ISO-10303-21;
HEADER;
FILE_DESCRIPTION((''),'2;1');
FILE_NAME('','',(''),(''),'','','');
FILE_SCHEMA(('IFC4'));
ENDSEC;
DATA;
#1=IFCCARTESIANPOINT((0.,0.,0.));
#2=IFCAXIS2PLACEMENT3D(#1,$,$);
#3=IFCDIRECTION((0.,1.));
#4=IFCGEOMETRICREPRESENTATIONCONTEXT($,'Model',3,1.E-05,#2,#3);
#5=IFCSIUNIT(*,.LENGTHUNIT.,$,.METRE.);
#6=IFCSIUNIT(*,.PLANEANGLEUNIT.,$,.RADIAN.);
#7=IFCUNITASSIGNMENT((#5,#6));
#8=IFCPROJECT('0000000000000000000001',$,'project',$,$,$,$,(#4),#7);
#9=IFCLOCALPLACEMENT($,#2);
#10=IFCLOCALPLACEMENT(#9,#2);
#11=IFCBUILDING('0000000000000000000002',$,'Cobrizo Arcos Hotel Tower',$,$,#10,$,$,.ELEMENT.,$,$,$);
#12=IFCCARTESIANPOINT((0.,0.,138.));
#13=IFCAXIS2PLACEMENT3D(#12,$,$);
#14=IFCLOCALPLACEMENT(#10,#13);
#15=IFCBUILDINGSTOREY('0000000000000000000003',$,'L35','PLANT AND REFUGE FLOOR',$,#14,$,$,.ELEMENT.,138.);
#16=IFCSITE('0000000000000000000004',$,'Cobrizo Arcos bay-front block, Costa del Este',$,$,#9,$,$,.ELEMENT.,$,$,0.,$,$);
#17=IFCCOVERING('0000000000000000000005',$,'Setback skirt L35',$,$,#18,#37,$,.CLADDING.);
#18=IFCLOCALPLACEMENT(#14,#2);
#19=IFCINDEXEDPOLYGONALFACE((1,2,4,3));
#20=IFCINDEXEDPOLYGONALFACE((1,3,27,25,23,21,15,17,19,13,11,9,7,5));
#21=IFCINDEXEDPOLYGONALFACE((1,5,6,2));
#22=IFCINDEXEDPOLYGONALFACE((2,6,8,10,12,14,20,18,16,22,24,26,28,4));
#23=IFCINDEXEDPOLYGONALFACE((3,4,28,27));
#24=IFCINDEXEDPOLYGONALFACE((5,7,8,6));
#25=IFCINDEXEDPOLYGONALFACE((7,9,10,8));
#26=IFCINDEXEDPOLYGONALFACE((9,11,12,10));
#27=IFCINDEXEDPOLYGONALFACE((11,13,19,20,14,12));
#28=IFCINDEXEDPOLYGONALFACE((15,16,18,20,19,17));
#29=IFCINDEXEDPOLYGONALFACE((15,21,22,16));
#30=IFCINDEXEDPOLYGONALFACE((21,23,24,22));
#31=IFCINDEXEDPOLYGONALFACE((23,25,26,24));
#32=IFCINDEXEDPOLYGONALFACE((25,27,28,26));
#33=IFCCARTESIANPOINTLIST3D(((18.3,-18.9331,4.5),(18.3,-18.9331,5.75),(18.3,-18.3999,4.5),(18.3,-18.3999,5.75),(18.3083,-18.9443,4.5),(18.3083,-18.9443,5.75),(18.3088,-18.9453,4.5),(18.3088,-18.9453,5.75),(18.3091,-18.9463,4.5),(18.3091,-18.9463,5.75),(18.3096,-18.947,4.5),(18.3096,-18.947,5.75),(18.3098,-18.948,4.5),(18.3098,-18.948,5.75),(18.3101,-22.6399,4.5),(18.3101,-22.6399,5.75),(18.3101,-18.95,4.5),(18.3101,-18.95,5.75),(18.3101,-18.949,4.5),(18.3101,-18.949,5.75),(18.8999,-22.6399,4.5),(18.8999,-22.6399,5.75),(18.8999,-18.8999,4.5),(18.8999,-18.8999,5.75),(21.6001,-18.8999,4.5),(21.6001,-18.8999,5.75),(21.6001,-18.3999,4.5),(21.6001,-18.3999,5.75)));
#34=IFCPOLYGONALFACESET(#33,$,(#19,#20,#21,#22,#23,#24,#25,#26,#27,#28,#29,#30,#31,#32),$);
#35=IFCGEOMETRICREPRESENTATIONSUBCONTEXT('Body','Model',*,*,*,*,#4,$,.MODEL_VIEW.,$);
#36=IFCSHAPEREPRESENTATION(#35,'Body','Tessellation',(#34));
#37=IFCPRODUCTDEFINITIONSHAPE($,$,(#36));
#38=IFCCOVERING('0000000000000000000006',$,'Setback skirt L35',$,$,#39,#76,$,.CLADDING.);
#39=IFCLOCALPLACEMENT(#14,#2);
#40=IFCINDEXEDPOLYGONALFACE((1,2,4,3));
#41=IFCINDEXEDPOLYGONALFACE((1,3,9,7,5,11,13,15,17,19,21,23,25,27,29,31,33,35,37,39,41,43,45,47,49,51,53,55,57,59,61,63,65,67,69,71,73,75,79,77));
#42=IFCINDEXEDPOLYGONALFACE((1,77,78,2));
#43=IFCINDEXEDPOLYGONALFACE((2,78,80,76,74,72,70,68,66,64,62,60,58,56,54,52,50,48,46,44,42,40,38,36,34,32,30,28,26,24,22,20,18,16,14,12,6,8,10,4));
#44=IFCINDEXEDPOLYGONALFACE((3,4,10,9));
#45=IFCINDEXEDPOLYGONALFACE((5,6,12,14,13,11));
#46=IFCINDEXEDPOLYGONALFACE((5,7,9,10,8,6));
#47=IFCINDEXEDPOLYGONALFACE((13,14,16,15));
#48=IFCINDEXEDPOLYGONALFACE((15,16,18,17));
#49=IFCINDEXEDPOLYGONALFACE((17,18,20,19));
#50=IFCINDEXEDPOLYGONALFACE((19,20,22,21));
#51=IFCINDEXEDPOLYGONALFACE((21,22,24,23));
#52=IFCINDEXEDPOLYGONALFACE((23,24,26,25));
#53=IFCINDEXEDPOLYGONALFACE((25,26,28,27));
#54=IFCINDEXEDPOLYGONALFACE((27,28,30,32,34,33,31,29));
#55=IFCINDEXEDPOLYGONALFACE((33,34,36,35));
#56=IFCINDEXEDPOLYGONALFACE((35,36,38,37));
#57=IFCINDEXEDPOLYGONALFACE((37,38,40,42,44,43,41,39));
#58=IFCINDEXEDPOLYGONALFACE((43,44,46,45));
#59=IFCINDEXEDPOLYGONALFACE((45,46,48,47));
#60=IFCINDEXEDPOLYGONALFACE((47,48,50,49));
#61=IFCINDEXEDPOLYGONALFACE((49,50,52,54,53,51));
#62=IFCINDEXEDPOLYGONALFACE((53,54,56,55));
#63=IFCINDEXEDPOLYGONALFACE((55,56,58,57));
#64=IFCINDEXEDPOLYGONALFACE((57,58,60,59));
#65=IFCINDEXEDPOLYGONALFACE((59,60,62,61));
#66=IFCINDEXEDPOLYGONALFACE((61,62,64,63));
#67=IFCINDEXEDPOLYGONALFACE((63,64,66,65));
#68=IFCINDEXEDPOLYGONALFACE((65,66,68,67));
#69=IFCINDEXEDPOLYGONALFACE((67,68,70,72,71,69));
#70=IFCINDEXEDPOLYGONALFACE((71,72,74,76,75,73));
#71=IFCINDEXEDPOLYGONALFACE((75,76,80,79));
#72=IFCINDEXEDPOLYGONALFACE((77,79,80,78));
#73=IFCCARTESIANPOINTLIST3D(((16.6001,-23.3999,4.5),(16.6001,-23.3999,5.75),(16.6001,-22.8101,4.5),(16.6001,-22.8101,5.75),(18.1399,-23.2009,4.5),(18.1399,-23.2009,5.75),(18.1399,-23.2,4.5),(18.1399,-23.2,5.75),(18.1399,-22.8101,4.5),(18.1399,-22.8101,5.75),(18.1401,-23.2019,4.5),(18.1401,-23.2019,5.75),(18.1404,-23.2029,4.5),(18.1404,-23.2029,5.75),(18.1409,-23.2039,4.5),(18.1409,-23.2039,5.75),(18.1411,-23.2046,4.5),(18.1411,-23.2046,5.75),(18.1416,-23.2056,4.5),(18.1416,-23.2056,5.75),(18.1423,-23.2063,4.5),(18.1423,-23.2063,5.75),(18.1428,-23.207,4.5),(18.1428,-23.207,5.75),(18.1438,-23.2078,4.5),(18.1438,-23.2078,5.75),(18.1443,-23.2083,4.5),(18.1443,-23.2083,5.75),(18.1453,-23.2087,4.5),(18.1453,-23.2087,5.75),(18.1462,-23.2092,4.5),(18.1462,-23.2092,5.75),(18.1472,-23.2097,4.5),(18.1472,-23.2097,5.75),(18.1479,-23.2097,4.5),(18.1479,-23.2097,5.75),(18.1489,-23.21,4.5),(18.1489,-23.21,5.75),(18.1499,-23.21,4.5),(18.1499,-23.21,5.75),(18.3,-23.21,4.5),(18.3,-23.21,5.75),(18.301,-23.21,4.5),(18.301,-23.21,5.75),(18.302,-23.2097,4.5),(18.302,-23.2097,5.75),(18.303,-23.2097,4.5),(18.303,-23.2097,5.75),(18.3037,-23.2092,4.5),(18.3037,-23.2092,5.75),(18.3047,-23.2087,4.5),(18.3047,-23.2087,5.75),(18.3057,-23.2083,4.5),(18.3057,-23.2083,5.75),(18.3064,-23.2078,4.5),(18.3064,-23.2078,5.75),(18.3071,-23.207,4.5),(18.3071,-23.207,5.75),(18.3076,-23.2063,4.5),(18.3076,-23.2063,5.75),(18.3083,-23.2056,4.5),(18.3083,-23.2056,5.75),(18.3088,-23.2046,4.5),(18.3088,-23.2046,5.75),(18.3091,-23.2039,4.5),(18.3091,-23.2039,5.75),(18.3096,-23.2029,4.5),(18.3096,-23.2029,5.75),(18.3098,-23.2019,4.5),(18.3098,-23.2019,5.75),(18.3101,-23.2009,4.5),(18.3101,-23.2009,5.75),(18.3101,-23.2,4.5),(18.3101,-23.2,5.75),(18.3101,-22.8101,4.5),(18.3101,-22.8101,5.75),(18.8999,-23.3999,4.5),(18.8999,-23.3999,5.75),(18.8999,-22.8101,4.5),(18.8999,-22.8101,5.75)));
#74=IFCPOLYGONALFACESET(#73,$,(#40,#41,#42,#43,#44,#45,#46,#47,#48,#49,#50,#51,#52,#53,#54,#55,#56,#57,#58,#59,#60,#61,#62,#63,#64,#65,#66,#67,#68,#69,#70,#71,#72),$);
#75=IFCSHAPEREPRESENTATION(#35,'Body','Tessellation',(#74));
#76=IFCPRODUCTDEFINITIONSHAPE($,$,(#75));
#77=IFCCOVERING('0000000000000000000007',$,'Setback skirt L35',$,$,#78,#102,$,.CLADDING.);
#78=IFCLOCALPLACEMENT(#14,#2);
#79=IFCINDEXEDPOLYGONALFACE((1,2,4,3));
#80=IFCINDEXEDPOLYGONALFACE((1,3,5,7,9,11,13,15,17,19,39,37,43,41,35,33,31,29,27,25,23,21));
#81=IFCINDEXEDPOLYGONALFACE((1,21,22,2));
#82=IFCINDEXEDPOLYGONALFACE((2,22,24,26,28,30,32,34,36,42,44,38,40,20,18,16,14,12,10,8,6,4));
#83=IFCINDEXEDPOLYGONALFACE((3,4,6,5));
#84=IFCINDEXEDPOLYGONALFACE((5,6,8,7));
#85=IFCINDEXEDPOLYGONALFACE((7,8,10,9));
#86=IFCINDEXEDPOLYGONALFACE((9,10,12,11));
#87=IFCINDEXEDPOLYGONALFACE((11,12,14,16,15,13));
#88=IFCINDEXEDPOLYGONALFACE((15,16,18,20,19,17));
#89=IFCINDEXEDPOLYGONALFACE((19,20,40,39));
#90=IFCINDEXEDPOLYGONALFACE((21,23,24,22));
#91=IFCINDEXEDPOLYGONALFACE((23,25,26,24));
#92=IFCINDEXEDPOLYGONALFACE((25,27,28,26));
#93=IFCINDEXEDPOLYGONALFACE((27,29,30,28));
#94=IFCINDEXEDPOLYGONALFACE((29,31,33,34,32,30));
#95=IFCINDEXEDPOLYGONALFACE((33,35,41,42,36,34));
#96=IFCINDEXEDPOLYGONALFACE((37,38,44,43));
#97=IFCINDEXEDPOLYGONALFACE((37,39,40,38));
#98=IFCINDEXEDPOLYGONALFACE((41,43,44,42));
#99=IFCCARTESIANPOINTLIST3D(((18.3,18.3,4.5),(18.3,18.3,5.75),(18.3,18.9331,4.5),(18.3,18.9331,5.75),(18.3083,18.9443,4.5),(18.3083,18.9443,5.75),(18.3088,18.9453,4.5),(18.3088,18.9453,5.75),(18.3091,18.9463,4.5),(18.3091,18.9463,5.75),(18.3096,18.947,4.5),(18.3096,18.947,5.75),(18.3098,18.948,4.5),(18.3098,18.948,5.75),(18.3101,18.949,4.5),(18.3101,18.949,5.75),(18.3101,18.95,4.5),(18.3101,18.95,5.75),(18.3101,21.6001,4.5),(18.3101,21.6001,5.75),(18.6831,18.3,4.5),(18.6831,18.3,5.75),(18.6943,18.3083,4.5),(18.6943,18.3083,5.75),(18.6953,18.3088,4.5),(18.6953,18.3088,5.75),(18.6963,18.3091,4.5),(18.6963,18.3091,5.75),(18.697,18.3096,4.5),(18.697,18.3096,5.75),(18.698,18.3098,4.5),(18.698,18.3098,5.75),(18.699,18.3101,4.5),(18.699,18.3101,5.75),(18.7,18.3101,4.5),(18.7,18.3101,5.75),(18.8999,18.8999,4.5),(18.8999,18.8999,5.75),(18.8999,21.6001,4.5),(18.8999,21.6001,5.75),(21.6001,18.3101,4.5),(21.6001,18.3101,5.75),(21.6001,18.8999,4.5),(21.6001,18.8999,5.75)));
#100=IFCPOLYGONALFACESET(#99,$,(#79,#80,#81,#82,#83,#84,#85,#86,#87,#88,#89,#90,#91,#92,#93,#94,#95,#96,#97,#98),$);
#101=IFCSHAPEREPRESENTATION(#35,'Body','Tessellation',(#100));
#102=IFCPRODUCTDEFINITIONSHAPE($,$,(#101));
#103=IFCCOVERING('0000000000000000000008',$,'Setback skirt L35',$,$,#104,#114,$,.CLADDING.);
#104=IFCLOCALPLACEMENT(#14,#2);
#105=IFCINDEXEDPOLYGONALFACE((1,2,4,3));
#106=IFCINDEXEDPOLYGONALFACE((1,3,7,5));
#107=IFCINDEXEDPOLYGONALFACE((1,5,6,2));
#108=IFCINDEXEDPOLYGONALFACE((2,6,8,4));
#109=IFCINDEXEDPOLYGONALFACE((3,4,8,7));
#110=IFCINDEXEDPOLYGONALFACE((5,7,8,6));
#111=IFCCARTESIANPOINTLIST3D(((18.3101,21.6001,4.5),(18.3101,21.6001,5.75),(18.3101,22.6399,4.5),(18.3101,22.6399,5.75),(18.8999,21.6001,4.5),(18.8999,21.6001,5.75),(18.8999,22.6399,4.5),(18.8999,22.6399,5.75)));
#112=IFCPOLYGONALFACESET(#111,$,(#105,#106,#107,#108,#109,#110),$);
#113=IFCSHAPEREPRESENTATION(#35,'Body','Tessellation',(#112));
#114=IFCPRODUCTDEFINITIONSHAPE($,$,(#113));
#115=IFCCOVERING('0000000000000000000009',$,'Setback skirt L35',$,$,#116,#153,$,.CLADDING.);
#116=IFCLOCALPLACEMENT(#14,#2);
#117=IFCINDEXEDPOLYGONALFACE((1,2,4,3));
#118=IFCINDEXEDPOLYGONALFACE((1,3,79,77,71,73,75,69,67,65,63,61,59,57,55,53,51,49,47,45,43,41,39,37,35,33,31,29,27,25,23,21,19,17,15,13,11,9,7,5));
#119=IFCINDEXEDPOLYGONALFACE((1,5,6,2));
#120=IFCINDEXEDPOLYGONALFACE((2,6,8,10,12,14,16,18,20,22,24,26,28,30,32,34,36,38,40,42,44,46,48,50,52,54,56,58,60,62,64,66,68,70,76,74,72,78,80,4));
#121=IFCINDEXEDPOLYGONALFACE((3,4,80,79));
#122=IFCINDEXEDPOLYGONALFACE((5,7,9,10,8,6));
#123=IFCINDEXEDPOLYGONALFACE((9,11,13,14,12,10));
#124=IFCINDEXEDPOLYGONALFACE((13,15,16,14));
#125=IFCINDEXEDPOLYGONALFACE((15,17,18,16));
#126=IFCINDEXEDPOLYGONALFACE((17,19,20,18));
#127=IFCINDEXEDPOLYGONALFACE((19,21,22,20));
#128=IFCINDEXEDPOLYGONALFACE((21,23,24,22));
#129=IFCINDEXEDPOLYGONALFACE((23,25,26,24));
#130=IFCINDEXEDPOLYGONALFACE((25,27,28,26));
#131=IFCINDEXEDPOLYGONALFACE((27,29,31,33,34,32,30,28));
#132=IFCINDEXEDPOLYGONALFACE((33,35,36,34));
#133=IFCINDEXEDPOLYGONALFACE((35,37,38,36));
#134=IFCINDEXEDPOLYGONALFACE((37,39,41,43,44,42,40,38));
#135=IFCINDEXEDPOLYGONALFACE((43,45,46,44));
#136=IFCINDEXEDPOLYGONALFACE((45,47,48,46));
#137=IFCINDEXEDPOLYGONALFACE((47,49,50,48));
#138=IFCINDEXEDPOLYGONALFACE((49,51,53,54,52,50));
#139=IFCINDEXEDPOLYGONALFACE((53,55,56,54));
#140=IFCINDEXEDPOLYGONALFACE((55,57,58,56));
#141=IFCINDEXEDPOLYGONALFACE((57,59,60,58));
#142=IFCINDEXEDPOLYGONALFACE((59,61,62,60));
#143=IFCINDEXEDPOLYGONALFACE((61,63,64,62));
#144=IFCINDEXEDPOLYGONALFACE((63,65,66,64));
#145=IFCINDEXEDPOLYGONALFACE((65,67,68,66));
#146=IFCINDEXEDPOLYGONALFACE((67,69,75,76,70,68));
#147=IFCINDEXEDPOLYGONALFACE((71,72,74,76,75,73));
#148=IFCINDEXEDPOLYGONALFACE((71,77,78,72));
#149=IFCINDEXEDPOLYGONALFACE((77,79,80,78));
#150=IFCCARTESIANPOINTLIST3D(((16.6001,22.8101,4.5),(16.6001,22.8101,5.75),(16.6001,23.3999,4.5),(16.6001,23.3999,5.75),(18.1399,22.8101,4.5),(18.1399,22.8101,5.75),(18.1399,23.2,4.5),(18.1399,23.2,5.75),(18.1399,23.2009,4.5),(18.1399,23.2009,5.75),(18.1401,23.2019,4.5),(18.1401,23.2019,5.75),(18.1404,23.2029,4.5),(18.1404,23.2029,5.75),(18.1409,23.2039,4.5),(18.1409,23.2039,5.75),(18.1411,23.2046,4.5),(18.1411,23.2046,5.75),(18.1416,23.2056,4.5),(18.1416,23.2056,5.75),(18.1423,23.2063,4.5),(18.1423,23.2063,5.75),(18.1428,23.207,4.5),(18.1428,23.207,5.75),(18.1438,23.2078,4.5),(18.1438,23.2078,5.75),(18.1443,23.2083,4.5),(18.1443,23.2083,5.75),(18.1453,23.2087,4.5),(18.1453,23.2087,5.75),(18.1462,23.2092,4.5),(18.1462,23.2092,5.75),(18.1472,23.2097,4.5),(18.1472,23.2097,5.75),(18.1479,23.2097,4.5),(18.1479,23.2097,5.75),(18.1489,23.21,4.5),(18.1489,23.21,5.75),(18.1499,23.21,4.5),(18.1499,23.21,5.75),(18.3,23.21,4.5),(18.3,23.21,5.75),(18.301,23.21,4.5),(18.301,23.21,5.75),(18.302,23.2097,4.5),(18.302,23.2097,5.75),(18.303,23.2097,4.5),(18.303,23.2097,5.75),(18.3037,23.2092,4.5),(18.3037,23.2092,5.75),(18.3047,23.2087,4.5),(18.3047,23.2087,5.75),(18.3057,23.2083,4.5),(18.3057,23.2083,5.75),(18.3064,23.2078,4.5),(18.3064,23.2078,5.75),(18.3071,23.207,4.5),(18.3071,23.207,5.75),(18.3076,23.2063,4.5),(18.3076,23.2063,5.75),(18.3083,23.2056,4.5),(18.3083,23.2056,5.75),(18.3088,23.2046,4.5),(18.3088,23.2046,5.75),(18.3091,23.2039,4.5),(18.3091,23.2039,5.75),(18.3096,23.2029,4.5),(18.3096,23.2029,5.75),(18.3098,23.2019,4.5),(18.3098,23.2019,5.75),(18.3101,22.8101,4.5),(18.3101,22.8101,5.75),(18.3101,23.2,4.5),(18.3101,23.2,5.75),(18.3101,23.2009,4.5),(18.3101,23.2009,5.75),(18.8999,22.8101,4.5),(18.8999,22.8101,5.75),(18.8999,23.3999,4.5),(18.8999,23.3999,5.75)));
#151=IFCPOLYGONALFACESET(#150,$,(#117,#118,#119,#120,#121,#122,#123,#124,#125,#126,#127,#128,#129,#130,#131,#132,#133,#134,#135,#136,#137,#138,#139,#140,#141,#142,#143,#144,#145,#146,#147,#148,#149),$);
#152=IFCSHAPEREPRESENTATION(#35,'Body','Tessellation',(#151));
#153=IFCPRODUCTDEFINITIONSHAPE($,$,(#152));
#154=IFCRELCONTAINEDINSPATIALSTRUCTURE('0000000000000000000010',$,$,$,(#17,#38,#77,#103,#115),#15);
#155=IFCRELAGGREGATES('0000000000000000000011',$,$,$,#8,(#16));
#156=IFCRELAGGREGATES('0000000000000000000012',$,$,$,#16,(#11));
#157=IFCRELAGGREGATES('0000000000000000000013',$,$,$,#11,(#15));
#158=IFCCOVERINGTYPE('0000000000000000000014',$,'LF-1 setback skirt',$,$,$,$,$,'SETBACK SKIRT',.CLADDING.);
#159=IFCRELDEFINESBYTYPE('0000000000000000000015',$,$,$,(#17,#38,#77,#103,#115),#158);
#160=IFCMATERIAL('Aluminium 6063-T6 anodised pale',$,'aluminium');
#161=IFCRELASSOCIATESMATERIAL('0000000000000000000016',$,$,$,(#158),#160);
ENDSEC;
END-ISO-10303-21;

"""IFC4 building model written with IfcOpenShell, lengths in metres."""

from ifc_helpers import new_model, si_unit, direction, frame, origin, place, context, subcontext, project, spatial, polyline, outline, extrude, material, type_object, element, save


model = new_model("IFC4")

# Units and contexts
model_context = context("Model", 3, precision=1e-05, world=origin(), true_north=direction((0.0, 1.0)))
body_context = subcontext(model_context, "Body", "Model", "MODEL_VIEW")
ifc_project = project(units=[si_unit("LENGTHUNIT", "METRE"), si_unit("PLANEANGLEUNIT", "RADIAN")], contexts=[model_context])

# Site, building, storey
site_placement = place(None, origin())
site = spatial("IfcSite", under=ifc_project, at=site_placement, Name="Cobrizo Arcos bay-front block, Costa del Este", CompositionType="ELEMENT", RefElevation=0.0)
building_placement = place(site_placement, origin())
building = spatial("IfcBuilding", under=site, at=building_placement, Name="Cobrizo Arcos Hotel Tower", CompositionType="ELEMENT")
storey_placement = place(building_placement, frame((0.0, 0.0, 138.0)))
storey = spatial("IfcBuildingStorey", under=building, at=storey_placement, Name="L35", Description="PLANT AND REFUGE FLOOR", CompositionType="ELEMENT", Elevation=138.0)

# Coverings
ifc_material_1 = material(Name="Aluminium 6063-T6 anodised pale", Category="aluminium")
covering_type_1 = type_object("IfcCoveringType", Name="LF-1 setback skirt", ElementType="SETBACK SKIRT", PredefinedType="CLADDING", material=ifc_material_1)
covering_1_placement = place(storey_placement, frame((0.0, 0.0, 4.5)))
element("IfcCovering", 1, at=covering_1_placement, inside=storey, type_object=covering_type_1, Name="Setback skirt L35", PredefinedType="CLADDING", context=body_context, shape_type="SweptSolid", body=[
    extrude(outline(polyline([(18.3, -18.3999), (18.3, -18.9331), (18.3083, -18.9443), (18.3088, -18.9453), (18.3091, -18.9463), (18.3096, -18.947), (18.3098, -18.948), (18.3101, -18.949), (18.3101, -18.95), (18.3101, -22.6399), (18.8999, -22.6399), (18.8999, -18.8999), (21.6001, -18.8999), (21.6001, -18.3999), (18.3, -18.3999)])), origin(), (0.0, 0.0, 1.0), 1.25),
])
covering_2_placement = place(storey_placement, frame((0.0, 0.0, 4.5)))
element("IfcCovering", 2, at=covering_2_placement, inside=storey, type_object=covering_type_1, Name="Setback skirt L35", PredefinedType="CLADDING", context=body_context, shape_type="SweptSolid", body=[
    extrude(outline(polyline([(18.1399, -22.8101), (16.6001, -22.8101), (16.6001, -23.3999), (18.8999, -23.3999), (18.8999, -22.8101), (18.3101, -22.8101), (18.3101, -23.2), (18.3101, -23.2009), (18.3098, -23.2019), (18.3096, -23.2029), (18.3091, -23.2039), (18.3088, -23.2046), (18.3083, -23.2056), (18.3076, -23.2063), (18.3071, -23.207), (18.3064, -23.2078), (18.3057, -23.2083), (18.3047, -23.2087), (18.3037, -23.2092), (18.303, -23.2097), (18.302, -23.2097), (18.301, -23.21), (18.3, -23.21), (18.1499, -23.21), (18.1489, -23.21), (18.1479, -23.2097), (18.1472, -23.2097), (18.1462, -23.2092), (18.1453, -23.2087), (18.1443, -23.2083), (18.1438, -23.2078), (18.1428, -23.207), (18.1423, -23.2063), (18.1416, -23.2056), (18.1411, -23.2046), (18.1409, -23.2039), (18.1404, -23.2029), (18.1401, -23.2019), (18.1399, -23.2009), (18.1399, -23.2), (18.1399, -22.8101)])), origin(), (0.0, 0.0, 1.0), 1.25),
])
covering_3_placement = place(storey_placement, frame((0.0, 0.0, 4.5)))
element("IfcCovering", 3, at=covering_3_placement, inside=storey, type_object=covering_type_1, Name="Setback skirt L35", PredefinedType="CLADDING", context=body_context, shape_type="SweptSolid", body=[
    extrude(outline(polyline([(18.3083, 18.9443), (18.3, 18.9331), (18.3, 18.3), (18.6831, 18.3), (18.6943, 18.3083), (18.6953, 18.3088), (18.6963, 18.3091), (18.697, 18.3096), (18.698, 18.3098), (18.699, 18.3101), (18.7, 18.3101), (21.6001, 18.3101), (21.6001, 18.8999), (18.8999, 18.8999), (18.8999, 21.6001), (18.3101, 21.6001), (18.3101, 18.95), (18.3101, 18.949), (18.3098, 18.948), (18.3096, 18.947), (18.3091, 18.9463), (18.3088, 18.9453), (18.3083, 18.9443)])), origin(), (0.0, 0.0, 1.0), 1.25),
])
covering_4_placement = place(storey_placement, frame((0.0, 0.0, 4.5)))
element("IfcCovering", 4, at=covering_4_placement, inside=storey, type_object=covering_type_1, Name="Setback skirt L35", PredefinedType="CLADDING", context=body_context, shape_type="SweptSolid", body=[
    extrude(outline(polyline([(18.3101, 22.6399), (18.3101, 21.6001), (18.8999, 21.6001), (18.8999, 22.6399), (18.3101, 22.6399)])), origin(), (0.0, 0.0, 1.0), 1.25),
])
covering_5_placement = place(storey_placement, frame((0.0, 0.0, 4.5)))
element("IfcCovering", 5, at=covering_5_placement, inside=storey, type_object=covering_type_1, Name="Setback skirt L35", PredefinedType="CLADDING", context=body_context, shape_type="SweptSolid", body=[
    extrude(outline(polyline([(18.8999, 23.3999), (16.6001, 23.3999), (16.6001, 22.8101), (18.1399, 22.8101), (18.1399, 23.2), (18.1399, 23.2009), (18.1401, 23.2019), (18.1404, 23.2029), (18.1409, 23.2039), (18.1411, 23.2046), (18.1416, 23.2056), (18.1423, 23.2063), (18.1428, 23.207), (18.1438, 23.2078), (18.1443, 23.2083), (18.1453, 23.2087), (18.1462, 23.2092), (18.1472, 23.2097), (18.1479, 23.2097), (18.1489, 23.21), (18.1499, 23.21), (18.3, 23.21), (18.301, 23.21), (18.302, 23.2097), (18.303, 23.2097), (18.3037, 23.2092), (18.3047, 23.2087), (18.3057, 23.2083), (18.3064, 23.2078), (18.3071, 23.207), (18.3076, 23.2063), (18.3083, 23.2056), (18.3088, 23.2046), (18.3091, 23.2039), (18.3096, 23.2029), (18.3098, 23.2019), (18.3101, 23.2009), (18.3101, 23.2), (18.3101, 22.8101), (18.8999, 22.8101), (18.8999, 23.3999)])), origin(), (0.0, 0.0, 1.0), 1.25),
])

save(model, "model.ifc")
